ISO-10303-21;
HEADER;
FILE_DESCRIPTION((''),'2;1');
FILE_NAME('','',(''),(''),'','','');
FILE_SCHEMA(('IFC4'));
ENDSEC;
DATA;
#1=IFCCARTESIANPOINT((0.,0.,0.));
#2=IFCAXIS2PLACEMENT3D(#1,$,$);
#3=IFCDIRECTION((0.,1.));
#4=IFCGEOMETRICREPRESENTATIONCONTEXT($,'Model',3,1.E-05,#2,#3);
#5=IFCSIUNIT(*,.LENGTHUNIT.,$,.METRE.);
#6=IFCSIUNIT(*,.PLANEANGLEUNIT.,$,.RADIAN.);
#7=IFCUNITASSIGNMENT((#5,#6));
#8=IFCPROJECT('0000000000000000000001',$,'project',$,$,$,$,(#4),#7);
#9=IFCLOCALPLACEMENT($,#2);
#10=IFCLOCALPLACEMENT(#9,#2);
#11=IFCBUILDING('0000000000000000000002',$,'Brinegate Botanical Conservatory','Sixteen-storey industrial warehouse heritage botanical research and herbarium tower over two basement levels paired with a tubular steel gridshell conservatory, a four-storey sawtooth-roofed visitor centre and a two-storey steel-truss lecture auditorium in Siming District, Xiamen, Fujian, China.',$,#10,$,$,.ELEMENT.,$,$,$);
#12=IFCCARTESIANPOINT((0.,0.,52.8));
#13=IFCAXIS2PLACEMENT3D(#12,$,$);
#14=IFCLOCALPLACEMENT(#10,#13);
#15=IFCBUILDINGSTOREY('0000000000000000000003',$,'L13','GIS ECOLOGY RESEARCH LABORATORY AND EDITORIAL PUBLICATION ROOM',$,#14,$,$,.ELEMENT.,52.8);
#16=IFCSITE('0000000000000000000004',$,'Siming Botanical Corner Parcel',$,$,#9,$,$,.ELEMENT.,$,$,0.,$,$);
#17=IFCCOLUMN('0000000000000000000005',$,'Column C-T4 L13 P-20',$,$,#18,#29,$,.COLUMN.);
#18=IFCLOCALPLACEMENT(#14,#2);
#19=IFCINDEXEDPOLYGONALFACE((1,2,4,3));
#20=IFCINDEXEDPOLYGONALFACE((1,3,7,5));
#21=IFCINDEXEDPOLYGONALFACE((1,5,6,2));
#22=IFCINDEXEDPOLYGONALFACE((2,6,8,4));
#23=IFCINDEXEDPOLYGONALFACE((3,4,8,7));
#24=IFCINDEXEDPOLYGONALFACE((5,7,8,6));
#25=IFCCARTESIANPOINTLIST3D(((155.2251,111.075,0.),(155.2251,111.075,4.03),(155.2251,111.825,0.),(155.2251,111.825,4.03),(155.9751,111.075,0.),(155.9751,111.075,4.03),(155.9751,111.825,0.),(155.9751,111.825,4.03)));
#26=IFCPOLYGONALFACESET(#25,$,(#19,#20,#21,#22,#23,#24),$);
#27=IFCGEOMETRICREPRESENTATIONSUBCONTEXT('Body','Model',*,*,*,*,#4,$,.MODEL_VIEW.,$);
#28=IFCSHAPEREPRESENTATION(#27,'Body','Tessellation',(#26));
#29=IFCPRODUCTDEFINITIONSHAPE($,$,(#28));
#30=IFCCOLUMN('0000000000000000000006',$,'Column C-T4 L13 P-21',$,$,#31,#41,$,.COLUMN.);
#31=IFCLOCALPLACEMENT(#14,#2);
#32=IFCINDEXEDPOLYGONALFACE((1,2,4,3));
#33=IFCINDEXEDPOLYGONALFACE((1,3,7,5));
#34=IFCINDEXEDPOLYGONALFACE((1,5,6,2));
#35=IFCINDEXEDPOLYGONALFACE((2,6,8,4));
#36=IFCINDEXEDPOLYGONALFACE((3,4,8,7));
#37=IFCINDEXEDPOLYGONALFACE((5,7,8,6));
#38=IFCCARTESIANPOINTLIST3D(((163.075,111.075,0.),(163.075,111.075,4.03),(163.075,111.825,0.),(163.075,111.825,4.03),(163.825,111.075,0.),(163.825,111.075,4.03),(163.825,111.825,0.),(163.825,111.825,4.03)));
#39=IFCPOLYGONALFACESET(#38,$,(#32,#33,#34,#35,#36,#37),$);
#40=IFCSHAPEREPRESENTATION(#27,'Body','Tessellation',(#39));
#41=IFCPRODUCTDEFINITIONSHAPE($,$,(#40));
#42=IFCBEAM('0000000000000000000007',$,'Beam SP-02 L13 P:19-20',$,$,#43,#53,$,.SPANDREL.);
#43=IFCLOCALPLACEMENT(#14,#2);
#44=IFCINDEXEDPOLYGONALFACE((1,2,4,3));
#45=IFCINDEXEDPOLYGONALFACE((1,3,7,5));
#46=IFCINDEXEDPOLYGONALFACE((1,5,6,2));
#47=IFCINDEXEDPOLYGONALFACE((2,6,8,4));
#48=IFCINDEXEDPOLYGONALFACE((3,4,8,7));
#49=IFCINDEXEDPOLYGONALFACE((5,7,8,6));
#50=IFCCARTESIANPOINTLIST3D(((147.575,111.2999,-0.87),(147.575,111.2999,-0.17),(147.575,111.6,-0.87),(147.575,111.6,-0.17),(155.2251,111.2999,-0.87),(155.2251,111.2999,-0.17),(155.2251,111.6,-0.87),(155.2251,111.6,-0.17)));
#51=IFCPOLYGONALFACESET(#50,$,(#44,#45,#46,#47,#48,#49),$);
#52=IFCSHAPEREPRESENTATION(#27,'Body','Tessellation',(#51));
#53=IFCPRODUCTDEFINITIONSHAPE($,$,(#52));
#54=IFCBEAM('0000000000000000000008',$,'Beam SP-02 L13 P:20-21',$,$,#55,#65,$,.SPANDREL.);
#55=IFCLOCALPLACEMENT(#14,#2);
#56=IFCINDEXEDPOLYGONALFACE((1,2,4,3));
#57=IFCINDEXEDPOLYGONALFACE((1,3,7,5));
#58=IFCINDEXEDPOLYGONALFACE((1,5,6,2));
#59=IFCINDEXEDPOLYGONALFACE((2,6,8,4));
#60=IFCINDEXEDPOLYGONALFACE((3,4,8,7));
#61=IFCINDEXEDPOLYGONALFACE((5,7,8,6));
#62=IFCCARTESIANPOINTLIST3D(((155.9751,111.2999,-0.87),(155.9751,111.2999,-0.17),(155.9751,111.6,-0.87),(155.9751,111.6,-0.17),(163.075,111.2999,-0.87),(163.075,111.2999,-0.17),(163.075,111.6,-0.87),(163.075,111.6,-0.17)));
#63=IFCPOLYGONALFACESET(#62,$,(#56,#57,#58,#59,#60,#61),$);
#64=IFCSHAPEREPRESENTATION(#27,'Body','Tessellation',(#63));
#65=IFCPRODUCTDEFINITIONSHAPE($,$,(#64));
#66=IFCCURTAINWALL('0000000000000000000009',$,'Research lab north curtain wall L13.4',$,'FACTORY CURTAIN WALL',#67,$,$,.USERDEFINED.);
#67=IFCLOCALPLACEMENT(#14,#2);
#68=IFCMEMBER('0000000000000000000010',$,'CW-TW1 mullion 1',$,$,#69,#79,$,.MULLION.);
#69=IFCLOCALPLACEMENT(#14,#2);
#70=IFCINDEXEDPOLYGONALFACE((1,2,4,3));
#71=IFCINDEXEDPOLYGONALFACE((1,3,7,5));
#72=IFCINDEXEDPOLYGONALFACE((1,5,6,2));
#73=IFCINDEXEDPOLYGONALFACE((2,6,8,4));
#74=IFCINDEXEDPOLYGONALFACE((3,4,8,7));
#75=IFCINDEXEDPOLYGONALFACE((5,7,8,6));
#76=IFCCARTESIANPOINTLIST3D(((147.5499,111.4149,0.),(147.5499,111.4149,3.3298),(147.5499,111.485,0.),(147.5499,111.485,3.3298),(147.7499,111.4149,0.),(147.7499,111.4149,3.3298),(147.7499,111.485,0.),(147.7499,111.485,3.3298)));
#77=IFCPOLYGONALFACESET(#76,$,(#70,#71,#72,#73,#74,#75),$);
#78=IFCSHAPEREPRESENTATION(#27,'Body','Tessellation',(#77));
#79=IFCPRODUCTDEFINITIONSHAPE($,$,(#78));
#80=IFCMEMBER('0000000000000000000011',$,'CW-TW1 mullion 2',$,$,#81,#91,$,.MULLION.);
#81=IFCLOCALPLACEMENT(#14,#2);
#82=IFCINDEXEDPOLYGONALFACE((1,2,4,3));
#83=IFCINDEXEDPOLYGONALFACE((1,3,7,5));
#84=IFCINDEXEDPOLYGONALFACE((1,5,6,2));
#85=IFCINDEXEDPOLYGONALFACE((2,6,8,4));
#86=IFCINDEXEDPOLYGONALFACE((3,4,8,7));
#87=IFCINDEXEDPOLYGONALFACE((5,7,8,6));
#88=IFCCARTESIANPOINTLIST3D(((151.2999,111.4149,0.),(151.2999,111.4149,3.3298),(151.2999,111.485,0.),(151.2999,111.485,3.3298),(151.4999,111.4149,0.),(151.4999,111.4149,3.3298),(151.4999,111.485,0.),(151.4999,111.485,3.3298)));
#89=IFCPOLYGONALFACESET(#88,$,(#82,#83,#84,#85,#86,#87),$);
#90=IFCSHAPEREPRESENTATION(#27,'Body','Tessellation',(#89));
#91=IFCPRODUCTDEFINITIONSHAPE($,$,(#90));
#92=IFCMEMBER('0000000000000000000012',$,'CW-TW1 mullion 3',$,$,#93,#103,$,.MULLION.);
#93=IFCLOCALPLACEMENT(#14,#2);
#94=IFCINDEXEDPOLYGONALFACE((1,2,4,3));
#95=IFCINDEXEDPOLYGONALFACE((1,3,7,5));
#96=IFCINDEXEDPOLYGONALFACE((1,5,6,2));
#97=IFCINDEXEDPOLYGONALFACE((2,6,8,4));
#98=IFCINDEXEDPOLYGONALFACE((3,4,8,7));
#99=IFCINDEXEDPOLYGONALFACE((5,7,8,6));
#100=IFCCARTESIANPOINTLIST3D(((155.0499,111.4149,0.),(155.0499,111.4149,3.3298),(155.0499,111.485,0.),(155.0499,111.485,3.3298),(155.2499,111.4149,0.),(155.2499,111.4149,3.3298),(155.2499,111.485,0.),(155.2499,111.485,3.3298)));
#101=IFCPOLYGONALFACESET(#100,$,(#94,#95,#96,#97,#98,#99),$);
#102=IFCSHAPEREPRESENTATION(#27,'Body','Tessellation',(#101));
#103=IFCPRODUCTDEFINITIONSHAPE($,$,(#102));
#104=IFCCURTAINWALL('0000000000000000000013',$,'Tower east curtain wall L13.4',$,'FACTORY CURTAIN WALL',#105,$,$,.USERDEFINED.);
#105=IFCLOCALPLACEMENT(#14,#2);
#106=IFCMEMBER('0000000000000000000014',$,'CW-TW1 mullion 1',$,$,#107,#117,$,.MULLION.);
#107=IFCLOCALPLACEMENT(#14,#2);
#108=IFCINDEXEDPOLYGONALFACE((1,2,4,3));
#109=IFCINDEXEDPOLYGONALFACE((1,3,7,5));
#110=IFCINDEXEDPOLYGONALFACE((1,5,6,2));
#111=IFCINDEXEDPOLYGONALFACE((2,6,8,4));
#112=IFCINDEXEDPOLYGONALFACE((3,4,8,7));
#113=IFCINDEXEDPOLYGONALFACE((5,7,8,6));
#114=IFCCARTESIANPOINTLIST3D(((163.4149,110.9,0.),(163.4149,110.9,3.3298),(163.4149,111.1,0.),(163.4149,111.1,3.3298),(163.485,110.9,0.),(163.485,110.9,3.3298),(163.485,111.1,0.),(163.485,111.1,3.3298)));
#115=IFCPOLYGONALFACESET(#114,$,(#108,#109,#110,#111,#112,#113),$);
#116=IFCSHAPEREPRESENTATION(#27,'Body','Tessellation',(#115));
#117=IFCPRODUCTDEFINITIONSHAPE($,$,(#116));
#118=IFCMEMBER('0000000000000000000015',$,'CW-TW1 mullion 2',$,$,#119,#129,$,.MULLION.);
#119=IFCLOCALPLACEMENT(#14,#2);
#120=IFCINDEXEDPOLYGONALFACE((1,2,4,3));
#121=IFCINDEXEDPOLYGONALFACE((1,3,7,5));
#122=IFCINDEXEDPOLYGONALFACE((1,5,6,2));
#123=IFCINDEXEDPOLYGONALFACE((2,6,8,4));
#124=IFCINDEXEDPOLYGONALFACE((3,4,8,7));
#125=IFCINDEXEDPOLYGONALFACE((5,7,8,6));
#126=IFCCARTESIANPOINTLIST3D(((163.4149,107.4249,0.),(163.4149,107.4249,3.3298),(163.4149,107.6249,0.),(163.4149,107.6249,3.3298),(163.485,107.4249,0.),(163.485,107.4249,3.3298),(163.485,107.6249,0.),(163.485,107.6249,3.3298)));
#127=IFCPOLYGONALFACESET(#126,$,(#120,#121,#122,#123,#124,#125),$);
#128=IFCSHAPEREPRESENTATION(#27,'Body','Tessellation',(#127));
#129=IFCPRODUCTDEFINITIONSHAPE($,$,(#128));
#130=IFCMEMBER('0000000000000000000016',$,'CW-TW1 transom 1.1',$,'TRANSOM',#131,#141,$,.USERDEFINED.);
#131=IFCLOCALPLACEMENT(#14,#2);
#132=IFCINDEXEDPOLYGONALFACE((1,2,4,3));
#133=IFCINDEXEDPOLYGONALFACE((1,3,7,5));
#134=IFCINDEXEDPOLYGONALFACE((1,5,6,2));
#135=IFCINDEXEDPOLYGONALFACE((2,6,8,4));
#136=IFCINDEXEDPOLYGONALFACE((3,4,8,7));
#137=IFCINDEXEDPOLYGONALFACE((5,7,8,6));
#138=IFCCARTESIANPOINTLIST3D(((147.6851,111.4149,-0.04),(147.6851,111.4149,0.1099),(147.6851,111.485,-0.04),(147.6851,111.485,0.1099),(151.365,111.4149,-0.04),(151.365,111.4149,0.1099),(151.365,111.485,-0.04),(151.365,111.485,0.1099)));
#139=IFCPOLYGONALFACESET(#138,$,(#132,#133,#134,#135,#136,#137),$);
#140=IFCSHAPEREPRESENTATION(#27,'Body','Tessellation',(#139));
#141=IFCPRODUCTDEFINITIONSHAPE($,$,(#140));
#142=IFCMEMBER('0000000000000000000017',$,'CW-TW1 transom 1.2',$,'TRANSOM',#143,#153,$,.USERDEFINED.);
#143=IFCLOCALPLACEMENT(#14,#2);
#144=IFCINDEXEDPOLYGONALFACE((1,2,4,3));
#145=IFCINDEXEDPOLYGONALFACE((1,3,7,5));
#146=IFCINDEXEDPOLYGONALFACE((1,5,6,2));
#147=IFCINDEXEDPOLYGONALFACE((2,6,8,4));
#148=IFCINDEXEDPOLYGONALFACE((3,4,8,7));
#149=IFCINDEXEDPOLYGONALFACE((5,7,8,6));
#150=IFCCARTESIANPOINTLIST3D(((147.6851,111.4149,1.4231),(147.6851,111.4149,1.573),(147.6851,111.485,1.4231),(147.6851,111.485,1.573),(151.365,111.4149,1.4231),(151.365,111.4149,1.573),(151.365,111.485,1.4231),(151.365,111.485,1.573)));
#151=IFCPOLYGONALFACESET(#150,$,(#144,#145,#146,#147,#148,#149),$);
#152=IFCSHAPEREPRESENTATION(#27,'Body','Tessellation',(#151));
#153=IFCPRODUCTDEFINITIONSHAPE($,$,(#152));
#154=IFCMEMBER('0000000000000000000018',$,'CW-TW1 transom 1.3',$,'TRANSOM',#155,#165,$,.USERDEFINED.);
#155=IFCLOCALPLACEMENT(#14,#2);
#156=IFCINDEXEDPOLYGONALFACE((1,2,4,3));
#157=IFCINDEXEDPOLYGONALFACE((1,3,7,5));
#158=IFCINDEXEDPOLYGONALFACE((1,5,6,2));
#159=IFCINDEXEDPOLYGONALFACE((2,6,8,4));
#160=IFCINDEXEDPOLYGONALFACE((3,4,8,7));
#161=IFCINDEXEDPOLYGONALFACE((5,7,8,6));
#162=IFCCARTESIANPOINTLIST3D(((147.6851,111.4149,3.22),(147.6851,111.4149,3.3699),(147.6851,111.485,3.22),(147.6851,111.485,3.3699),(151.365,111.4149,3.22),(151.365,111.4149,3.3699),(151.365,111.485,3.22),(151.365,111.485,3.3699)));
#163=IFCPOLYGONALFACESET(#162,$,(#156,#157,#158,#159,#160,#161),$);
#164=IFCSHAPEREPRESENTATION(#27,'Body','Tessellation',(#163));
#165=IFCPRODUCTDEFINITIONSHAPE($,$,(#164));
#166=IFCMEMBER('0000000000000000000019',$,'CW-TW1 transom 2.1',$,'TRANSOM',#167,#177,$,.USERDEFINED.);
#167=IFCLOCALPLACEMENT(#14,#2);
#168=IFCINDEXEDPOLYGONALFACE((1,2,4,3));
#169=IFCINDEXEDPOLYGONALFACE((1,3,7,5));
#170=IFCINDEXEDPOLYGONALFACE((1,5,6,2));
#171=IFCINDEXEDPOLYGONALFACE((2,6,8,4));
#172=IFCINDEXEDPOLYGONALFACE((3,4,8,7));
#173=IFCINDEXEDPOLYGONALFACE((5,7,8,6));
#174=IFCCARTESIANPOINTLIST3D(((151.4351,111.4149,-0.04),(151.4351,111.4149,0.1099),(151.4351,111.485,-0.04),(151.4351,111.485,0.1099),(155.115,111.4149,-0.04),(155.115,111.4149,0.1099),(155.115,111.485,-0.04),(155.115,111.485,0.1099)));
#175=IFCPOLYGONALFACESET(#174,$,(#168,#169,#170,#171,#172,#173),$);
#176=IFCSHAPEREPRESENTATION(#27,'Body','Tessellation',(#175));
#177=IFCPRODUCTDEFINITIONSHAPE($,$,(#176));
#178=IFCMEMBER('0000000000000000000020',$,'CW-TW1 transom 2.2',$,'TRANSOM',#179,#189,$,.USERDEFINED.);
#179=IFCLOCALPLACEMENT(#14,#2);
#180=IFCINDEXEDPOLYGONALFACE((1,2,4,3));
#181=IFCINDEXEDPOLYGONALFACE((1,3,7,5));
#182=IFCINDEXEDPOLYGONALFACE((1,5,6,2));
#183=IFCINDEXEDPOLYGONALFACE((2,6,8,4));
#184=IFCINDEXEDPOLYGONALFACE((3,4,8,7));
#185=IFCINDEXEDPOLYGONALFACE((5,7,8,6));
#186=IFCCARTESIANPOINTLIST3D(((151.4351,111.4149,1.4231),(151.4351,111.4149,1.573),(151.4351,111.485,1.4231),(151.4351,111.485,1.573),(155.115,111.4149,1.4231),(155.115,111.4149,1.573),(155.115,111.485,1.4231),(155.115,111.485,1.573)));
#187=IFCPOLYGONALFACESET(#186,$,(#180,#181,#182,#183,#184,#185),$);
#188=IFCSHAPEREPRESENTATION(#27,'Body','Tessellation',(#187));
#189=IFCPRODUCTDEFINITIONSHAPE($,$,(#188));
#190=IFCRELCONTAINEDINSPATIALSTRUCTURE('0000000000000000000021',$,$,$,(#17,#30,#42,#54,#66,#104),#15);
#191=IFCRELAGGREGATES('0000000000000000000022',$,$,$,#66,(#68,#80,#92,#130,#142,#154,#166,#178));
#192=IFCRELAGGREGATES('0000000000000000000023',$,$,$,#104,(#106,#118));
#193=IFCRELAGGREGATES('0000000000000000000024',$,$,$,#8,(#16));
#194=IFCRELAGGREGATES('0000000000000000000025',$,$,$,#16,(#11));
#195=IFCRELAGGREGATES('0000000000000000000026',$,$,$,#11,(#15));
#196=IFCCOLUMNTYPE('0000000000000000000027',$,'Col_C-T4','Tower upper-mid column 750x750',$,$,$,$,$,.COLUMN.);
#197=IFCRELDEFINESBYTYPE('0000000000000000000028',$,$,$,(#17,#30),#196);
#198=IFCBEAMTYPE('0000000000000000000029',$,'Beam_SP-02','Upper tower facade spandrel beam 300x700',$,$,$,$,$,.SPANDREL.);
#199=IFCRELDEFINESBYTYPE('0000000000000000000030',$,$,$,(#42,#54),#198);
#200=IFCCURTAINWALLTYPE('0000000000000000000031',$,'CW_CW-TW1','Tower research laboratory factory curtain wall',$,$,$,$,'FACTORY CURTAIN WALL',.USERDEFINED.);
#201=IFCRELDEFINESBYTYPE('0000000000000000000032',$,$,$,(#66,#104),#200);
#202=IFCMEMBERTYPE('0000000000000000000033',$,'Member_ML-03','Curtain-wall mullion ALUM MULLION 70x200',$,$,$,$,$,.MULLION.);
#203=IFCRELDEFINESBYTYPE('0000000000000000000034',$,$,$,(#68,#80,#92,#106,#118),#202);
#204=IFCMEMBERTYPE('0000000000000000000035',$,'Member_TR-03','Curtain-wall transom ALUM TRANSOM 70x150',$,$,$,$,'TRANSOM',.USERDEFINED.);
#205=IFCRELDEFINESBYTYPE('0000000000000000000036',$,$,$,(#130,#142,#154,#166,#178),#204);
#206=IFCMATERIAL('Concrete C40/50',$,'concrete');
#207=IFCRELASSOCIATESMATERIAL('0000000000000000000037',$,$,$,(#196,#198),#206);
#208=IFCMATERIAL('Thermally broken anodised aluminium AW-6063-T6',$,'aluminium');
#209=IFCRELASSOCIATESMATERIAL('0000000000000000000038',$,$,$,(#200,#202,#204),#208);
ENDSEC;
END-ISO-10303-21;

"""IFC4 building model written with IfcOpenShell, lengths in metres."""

from ifc_helpers import new_model, si_unit, direction, frame, origin, origin_2d, place, context, subcontext, project, spatial, rectangle, extrude, material, material_profile, profile_set, type_object, element, aggregate, save


model = new_model("IFC4")

# Units and contexts
model_context = context("Model", 3, precision=1e-05, world=origin(), true_north=direction((0.0, 1.0)))
body_context = subcontext(model_context, "Body", "Model", "MODEL_VIEW")
ifc_project = project(units=[si_unit("LENGTHUNIT", "METRE"), si_unit("PLANEANGLEUNIT", "RADIAN")], contexts=[model_context])

# Site, building, storey
site_placement = place(None, origin())
site = spatial("IfcSite", under=ifc_project, at=site_placement, Name="Siming Botanical Corner Parcel", CompositionType="ELEMENT", RefElevation=0.0)
building_placement = place(site_placement, origin())
building = spatial("IfcBuilding", under=site, at=building_placement, Name="Brinegate Botanical Conservatory", Description="Sixteen-storey industrial warehouse heritage botanical research and herbarium tower over two basement levels paired with a tubular steel gridshell conservatory, a four-storey sawtooth-roofed visitor centre and a two-storey steel-truss lecture auditorium in Siming District, Xiamen, Fujian, China.", CompositionType="ELEMENT")
storey_placement = place(building_placement, frame((0.0, 0.0, 52.8)))
storey = spatial("IfcBuildingStorey", under=building, at=storey_placement, Name="L13", Description="GIS ECOLOGY RESEARCH LABORATORY AND EDITORIAL PUBLICATION ROOM", CompositionType="ELEMENT", Elevation=52.8)

# Columns
ifc_material_1 = material(Name="Concrete C40/50", Category="concrete")
ifc_material_profile_1 = material_profile(ifc_material_1, rectangle(XDim=0.75, YDim=0.75, at=origin_2d()), Name="RC COL 750x750")
ifc_profile_set_1 = profile_set([ifc_material_profile_1], Name="Concrete C40/50")
column_type = type_object("IfcColumnType", Name="Col_C-T4", Description="Tower upper-mid column 750x750", PredefinedType="COLUMN", material=ifc_profile_set_1)
for number, where, z_axis, x_axis, name in (
    (1, (155.6001, 111.45, 0.0), (0.0, 0.0, 1.0), (1.0, 0.0, 0.0), "Column C-T4 L13 P-20"),
    (2, (163.45, 111.45, 0.0), (0.0, 0.0, 1.0), (1.0, 0.0, 0.0), "Column C-T4 L13 P-21"),
):
    element("IfcColumn", number, at=place(storey_placement, frame(where, z_axis=z_axis, x_axis=x_axis)), inside=storey, type_object=column_type, Name=name, PredefinedType="COLUMN", context=body_context, shape_type="SweptSolid", body=[
        extrude(rectangle(XDim=0.75, YDim=0.75, at=origin_2d()), origin(), (0.0, 0.0, 1.0), 4.03),
    ])

# Beams
ifc_material_profile_2 = material_profile(ifc_material_1, rectangle(XDim=0.3, YDim=0.7, at=origin_2d()), Name="RC SPN 300x700")
ifc_profile_set_2 = profile_set([ifc_material_profile_2], Name="Concrete C40/50")
beam_type = type_object("IfcBeamType", Name="Beam_SP-02", Description="Upper tower facade spandrel beam 300x700", PredefinedType="SPANDREL", material=ifc_profile_set_2)
beam_1_placement = place(storey_placement, frame((147.575, 111.45, -0.52), z_axis=(1.0, 0.0, 0.0), x_axis=(0.0, 1.0, 0.0)))
element("IfcBeam", 3, at=beam_1_placement, inside=storey, type_object=beam_type, Name="Beam SP-02 L13 P:19-20", PredefinedType="SPANDREL", context=body_context, shape_type="SweptSolid", body=[
    extrude(rectangle(XDim=0.3, YDim=0.7, at=origin_2d()), origin(), (0.0, 0.0, 1.0), 7.6501),
])
beam_2_placement = place(storey_placement, frame((155.9751, 111.45, -0.52), z_axis=(1.0, 0.0, 0.0), x_axis=(0.0, 1.0, 0.0)))
element("IfcBeam", 4, at=beam_2_placement, inside=storey, type_object=beam_type, Name="Beam SP-02 L13 P:20-21", PredefinedType="SPANDREL", context=body_context, shape_type="SweptSolid", body=[
    extrude(rectangle(XDim=0.3, YDim=0.7, at=origin_2d()), origin(), (0.0, 0.0, 1.0), 7.0999),
])

# Curtain walls, members
ifc_material_2 = material(Name="Thermally broken anodised aluminium AW-6063-T6", Category="aluminium")
curtain_wall_type = type_object("IfcCurtainWallType", Name="CW_CW-TW1", Description="Tower research laboratory factory curtain wall", ElementType="FACTORY CURTAIN WALL", PredefinedType="USERDEFINED", material=ifc_material_2)
curtain_wall_1_placement = place(storey_placement, origin())
curtain_wall_1 = element("IfcCurtainWall", 5, at=curtain_wall_1_placement, inside=storey, type_object=curtain_wall_type, Name="Research lab north curtain wall L13.4", ObjectType="FACTORY CURTAIN WALL", PredefinedType="USERDEFINED")
ifc_material_profile_3 = material_profile(ifc_material_2, rectangle(XDim=0.0701, YDim=0.2, at=origin_2d()), Name="ALUM MULLION 70x200")
ifc_profile_set_3 = profile_set([ifc_material_profile_3], Name="Thermally broken anodised aluminium AW-6063-T6")
member_type_1 = type_object("IfcMemberType", Name="Member_ML-03", Description="Curtain-wall mullion ALUM MULLION 70x200", PredefinedType="MULLION", material=ifc_profile_set_3)
member_1_placement = place(storey_placement, frame((147.6499, 111.45, 0.0), z_axis=(0.0, 0.0, 1.0), x_axis=(0.0, 1.0, 0.0)))
member_1 = element("IfcMember", 6, at=member_1_placement, type_object=member_type_1, Name="CW-TW1 mullion 1", PredefinedType="MULLION", context=body_context, shape_type="SweptSolid", body=[
    extrude(rectangle(XDim=0.0701, YDim=0.2, at=origin_2d()), origin(), (0.0, 0.0, 1.0), 3.3298),
])
member_2_placement = place(storey_placement, frame((151.3999, 111.45, 0.0), z_axis=(0.0, 0.0, 1.0), x_axis=(0.0, 1.0, 0.0)))
member_2 = element("IfcMember", 7, at=member_2_placement, type_object=member_type_1, Name="CW-TW1 mullion 2", PredefinedType="MULLION", context=body_context, shape_type="SweptSolid", body=[
    extrude(rectangle(XDim=0.0701, YDim=0.2, at=origin_2d()), origin(), (0.0, 0.0, 1.0), 3.3298),
])
member_3_placement = place(storey_placement, frame((155.1499, 111.45, 0.0), z_axis=(0.0, 0.0, 1.0), x_axis=(0.0, 1.0, 0.0)))
member_3 = element("IfcMember", 8, at=member_3_placement, type_object=member_type_1, Name="CW-TW1 mullion 3", PredefinedType="MULLION", context=body_context, shape_type="SweptSolid", body=[
    extrude(rectangle(XDim=0.0701, YDim=0.2, at=origin_2d()), origin(), (0.0, 0.0, 1.0), 3.3298),
])
curtain_wall_2_placement = place(storey_placement, origin())
curtain_wall_2 = element("IfcCurtainWall", 9, at=curtain_wall_2_placement, inside=storey, type_object=curtain_wall_type, Name="Tower east curtain wall L13.4", ObjectType="FACTORY CURTAIN WALL", PredefinedType="USERDEFINED")
member_4_placement = place(storey_placement, frame((163.45, 111.0, 0.0), z_axis=(0.0, 0.0, 1.0), x_axis=(1.0, 0.0, 0.0)))
member_4 = element("IfcMember", 10, at=member_4_placement, type_object=member_type_1, Name="CW-TW1 mullion 1", PredefinedType="MULLION", context=body_context, shape_type="SweptSolid", body=[
    extrude(rectangle(XDim=0.0701, YDim=0.2, at=origin_2d()), origin(), (0.0, 0.0, 1.0), 3.3298),
])
member_5_placement = place(storey_placement, frame((163.45, 107.5249, 0.0), z_axis=(0.0, 0.0, 1.0), x_axis=(1.0, 0.0, 0.0)))
member_5 = element("IfcMember", 11, at=member_5_placement, type_object=member_type_1, Name="CW-TW1 mullion 2", PredefinedType="MULLION", context=body_context, shape_type="SweptSolid", body=[
    extrude(rectangle(XDim=0.0701, YDim=0.2, at=origin_2d()), origin(), (0.0, 0.0, 1.0), 3.3298),
])

# Members
ifc_material_profile_4 = material_profile(ifc_material_2, rectangle(XDim=0.0701, YDim=0.1499, at=origin_2d()), Name="ALUM TRANSOM 70x150")
ifc_profile_set_4 = profile_set([ifc_material_profile_4], Name="Thermally broken anodised aluminium AW-6063-T6")
member_type_2 = type_object("IfcMemberType", Name="Member_TR-03", Description="Curtain-wall transom ALUM TRANSOM 70x150", ElementType="TRANSOM", PredefinedType="USERDEFINED", material=ifc_profile_set_4)
member_6_placement = place(storey_placement, frame((147.6851, 111.45, 0.0349), z_axis=(1.0, 0.0, 0.0), x_axis=(0.0, 1.0, 0.0)))
member_6 = element("IfcMember", 12, at=member_6_placement, type_object=member_type_2, Name="CW-TW1 transom 1.1", ObjectType="TRANSOM", PredefinedType="USERDEFINED", context=body_context, shape_type="SweptSolid", body=[
    extrude(rectangle(XDim=0.0701, YDim=0.1499, at=origin_2d()), origin(), (0.0, 0.0, 1.0), 3.6799),
])
member_7_placement = place(storey_placement, frame((147.6851, 111.45, 1.498), z_axis=(1.0, 0.0, 0.0), x_axis=(0.0, 1.0, 0.0)))
member_7 = element("IfcMember", 13, at=member_7_placement, type_object=member_type_2, Name="CW-TW1 transom 1.2", ObjectType="TRANSOM", PredefinedType="USERDEFINED", context=body_context, shape_type="SweptSolid", body=[
    extrude(rectangle(XDim=0.0701, YDim=0.1499, at=origin_2d()), origin(), (0.0, 0.0, 1.0), 3.6799),
])
member_8_placement = place(storey_placement, frame((147.6851, 111.45, 3.2949), z_axis=(1.0, 0.0, 0.0), x_axis=(0.0, 1.0, 0.0)))
member_8 = element("IfcMember", 14, at=member_8_placement, type_object=member_type_2, Name="CW-TW1 transom 1.3", ObjectType="TRANSOM", PredefinedType="USERDEFINED", context=body_context, shape_type="SweptSolid", body=[
    extrude(rectangle(XDim=0.0701, YDim=0.1499, at=origin_2d()), origin(), (0.0, 0.0, 1.0), 3.6799),
])
member_9_placement = place(storey_placement, frame((151.4351, 111.45, 0.0349), z_axis=(1.0, 0.0, 0.0), x_axis=(0.0, 1.0, 0.0)))
member_9 = element("IfcMember", 15, at=member_9_placement, type_object=member_type_2, Name="CW-TW1 transom 2.1", ObjectType="TRANSOM", PredefinedType="USERDEFINED", context=body_context, shape_type="SweptSolid", body=[
    extrude(rectangle(XDim=0.0701, YDim=0.1499, at=origin_2d()), origin(), (0.0, 0.0, 1.0), 3.6799),
])
member_10_placement = place(storey_placement, frame((151.4351, 111.45, 1.498), z_axis=(1.0, 0.0, 0.0), x_axis=(0.0, 1.0, 0.0)))
member_10 = element("IfcMember", 16, at=member_10_placement, type_object=member_type_2, Name="CW-TW1 transom 2.2", ObjectType="TRANSOM", PredefinedType="USERDEFINED", context=body_context, shape_type="SweptSolid", body=[
    extrude(rectangle(XDim=0.0701, YDim=0.1499, at=origin_2d()), origin(), (0.0, 0.0, 1.0), 3.6799),
])

aggregate(curtain_wall_1, [member_1, member_2, member_3, member_6, member_7, member_8, member_9, member_10])
aggregate(curtain_wall_2, [member_4, member_5])

save(model, "model.ifc")
